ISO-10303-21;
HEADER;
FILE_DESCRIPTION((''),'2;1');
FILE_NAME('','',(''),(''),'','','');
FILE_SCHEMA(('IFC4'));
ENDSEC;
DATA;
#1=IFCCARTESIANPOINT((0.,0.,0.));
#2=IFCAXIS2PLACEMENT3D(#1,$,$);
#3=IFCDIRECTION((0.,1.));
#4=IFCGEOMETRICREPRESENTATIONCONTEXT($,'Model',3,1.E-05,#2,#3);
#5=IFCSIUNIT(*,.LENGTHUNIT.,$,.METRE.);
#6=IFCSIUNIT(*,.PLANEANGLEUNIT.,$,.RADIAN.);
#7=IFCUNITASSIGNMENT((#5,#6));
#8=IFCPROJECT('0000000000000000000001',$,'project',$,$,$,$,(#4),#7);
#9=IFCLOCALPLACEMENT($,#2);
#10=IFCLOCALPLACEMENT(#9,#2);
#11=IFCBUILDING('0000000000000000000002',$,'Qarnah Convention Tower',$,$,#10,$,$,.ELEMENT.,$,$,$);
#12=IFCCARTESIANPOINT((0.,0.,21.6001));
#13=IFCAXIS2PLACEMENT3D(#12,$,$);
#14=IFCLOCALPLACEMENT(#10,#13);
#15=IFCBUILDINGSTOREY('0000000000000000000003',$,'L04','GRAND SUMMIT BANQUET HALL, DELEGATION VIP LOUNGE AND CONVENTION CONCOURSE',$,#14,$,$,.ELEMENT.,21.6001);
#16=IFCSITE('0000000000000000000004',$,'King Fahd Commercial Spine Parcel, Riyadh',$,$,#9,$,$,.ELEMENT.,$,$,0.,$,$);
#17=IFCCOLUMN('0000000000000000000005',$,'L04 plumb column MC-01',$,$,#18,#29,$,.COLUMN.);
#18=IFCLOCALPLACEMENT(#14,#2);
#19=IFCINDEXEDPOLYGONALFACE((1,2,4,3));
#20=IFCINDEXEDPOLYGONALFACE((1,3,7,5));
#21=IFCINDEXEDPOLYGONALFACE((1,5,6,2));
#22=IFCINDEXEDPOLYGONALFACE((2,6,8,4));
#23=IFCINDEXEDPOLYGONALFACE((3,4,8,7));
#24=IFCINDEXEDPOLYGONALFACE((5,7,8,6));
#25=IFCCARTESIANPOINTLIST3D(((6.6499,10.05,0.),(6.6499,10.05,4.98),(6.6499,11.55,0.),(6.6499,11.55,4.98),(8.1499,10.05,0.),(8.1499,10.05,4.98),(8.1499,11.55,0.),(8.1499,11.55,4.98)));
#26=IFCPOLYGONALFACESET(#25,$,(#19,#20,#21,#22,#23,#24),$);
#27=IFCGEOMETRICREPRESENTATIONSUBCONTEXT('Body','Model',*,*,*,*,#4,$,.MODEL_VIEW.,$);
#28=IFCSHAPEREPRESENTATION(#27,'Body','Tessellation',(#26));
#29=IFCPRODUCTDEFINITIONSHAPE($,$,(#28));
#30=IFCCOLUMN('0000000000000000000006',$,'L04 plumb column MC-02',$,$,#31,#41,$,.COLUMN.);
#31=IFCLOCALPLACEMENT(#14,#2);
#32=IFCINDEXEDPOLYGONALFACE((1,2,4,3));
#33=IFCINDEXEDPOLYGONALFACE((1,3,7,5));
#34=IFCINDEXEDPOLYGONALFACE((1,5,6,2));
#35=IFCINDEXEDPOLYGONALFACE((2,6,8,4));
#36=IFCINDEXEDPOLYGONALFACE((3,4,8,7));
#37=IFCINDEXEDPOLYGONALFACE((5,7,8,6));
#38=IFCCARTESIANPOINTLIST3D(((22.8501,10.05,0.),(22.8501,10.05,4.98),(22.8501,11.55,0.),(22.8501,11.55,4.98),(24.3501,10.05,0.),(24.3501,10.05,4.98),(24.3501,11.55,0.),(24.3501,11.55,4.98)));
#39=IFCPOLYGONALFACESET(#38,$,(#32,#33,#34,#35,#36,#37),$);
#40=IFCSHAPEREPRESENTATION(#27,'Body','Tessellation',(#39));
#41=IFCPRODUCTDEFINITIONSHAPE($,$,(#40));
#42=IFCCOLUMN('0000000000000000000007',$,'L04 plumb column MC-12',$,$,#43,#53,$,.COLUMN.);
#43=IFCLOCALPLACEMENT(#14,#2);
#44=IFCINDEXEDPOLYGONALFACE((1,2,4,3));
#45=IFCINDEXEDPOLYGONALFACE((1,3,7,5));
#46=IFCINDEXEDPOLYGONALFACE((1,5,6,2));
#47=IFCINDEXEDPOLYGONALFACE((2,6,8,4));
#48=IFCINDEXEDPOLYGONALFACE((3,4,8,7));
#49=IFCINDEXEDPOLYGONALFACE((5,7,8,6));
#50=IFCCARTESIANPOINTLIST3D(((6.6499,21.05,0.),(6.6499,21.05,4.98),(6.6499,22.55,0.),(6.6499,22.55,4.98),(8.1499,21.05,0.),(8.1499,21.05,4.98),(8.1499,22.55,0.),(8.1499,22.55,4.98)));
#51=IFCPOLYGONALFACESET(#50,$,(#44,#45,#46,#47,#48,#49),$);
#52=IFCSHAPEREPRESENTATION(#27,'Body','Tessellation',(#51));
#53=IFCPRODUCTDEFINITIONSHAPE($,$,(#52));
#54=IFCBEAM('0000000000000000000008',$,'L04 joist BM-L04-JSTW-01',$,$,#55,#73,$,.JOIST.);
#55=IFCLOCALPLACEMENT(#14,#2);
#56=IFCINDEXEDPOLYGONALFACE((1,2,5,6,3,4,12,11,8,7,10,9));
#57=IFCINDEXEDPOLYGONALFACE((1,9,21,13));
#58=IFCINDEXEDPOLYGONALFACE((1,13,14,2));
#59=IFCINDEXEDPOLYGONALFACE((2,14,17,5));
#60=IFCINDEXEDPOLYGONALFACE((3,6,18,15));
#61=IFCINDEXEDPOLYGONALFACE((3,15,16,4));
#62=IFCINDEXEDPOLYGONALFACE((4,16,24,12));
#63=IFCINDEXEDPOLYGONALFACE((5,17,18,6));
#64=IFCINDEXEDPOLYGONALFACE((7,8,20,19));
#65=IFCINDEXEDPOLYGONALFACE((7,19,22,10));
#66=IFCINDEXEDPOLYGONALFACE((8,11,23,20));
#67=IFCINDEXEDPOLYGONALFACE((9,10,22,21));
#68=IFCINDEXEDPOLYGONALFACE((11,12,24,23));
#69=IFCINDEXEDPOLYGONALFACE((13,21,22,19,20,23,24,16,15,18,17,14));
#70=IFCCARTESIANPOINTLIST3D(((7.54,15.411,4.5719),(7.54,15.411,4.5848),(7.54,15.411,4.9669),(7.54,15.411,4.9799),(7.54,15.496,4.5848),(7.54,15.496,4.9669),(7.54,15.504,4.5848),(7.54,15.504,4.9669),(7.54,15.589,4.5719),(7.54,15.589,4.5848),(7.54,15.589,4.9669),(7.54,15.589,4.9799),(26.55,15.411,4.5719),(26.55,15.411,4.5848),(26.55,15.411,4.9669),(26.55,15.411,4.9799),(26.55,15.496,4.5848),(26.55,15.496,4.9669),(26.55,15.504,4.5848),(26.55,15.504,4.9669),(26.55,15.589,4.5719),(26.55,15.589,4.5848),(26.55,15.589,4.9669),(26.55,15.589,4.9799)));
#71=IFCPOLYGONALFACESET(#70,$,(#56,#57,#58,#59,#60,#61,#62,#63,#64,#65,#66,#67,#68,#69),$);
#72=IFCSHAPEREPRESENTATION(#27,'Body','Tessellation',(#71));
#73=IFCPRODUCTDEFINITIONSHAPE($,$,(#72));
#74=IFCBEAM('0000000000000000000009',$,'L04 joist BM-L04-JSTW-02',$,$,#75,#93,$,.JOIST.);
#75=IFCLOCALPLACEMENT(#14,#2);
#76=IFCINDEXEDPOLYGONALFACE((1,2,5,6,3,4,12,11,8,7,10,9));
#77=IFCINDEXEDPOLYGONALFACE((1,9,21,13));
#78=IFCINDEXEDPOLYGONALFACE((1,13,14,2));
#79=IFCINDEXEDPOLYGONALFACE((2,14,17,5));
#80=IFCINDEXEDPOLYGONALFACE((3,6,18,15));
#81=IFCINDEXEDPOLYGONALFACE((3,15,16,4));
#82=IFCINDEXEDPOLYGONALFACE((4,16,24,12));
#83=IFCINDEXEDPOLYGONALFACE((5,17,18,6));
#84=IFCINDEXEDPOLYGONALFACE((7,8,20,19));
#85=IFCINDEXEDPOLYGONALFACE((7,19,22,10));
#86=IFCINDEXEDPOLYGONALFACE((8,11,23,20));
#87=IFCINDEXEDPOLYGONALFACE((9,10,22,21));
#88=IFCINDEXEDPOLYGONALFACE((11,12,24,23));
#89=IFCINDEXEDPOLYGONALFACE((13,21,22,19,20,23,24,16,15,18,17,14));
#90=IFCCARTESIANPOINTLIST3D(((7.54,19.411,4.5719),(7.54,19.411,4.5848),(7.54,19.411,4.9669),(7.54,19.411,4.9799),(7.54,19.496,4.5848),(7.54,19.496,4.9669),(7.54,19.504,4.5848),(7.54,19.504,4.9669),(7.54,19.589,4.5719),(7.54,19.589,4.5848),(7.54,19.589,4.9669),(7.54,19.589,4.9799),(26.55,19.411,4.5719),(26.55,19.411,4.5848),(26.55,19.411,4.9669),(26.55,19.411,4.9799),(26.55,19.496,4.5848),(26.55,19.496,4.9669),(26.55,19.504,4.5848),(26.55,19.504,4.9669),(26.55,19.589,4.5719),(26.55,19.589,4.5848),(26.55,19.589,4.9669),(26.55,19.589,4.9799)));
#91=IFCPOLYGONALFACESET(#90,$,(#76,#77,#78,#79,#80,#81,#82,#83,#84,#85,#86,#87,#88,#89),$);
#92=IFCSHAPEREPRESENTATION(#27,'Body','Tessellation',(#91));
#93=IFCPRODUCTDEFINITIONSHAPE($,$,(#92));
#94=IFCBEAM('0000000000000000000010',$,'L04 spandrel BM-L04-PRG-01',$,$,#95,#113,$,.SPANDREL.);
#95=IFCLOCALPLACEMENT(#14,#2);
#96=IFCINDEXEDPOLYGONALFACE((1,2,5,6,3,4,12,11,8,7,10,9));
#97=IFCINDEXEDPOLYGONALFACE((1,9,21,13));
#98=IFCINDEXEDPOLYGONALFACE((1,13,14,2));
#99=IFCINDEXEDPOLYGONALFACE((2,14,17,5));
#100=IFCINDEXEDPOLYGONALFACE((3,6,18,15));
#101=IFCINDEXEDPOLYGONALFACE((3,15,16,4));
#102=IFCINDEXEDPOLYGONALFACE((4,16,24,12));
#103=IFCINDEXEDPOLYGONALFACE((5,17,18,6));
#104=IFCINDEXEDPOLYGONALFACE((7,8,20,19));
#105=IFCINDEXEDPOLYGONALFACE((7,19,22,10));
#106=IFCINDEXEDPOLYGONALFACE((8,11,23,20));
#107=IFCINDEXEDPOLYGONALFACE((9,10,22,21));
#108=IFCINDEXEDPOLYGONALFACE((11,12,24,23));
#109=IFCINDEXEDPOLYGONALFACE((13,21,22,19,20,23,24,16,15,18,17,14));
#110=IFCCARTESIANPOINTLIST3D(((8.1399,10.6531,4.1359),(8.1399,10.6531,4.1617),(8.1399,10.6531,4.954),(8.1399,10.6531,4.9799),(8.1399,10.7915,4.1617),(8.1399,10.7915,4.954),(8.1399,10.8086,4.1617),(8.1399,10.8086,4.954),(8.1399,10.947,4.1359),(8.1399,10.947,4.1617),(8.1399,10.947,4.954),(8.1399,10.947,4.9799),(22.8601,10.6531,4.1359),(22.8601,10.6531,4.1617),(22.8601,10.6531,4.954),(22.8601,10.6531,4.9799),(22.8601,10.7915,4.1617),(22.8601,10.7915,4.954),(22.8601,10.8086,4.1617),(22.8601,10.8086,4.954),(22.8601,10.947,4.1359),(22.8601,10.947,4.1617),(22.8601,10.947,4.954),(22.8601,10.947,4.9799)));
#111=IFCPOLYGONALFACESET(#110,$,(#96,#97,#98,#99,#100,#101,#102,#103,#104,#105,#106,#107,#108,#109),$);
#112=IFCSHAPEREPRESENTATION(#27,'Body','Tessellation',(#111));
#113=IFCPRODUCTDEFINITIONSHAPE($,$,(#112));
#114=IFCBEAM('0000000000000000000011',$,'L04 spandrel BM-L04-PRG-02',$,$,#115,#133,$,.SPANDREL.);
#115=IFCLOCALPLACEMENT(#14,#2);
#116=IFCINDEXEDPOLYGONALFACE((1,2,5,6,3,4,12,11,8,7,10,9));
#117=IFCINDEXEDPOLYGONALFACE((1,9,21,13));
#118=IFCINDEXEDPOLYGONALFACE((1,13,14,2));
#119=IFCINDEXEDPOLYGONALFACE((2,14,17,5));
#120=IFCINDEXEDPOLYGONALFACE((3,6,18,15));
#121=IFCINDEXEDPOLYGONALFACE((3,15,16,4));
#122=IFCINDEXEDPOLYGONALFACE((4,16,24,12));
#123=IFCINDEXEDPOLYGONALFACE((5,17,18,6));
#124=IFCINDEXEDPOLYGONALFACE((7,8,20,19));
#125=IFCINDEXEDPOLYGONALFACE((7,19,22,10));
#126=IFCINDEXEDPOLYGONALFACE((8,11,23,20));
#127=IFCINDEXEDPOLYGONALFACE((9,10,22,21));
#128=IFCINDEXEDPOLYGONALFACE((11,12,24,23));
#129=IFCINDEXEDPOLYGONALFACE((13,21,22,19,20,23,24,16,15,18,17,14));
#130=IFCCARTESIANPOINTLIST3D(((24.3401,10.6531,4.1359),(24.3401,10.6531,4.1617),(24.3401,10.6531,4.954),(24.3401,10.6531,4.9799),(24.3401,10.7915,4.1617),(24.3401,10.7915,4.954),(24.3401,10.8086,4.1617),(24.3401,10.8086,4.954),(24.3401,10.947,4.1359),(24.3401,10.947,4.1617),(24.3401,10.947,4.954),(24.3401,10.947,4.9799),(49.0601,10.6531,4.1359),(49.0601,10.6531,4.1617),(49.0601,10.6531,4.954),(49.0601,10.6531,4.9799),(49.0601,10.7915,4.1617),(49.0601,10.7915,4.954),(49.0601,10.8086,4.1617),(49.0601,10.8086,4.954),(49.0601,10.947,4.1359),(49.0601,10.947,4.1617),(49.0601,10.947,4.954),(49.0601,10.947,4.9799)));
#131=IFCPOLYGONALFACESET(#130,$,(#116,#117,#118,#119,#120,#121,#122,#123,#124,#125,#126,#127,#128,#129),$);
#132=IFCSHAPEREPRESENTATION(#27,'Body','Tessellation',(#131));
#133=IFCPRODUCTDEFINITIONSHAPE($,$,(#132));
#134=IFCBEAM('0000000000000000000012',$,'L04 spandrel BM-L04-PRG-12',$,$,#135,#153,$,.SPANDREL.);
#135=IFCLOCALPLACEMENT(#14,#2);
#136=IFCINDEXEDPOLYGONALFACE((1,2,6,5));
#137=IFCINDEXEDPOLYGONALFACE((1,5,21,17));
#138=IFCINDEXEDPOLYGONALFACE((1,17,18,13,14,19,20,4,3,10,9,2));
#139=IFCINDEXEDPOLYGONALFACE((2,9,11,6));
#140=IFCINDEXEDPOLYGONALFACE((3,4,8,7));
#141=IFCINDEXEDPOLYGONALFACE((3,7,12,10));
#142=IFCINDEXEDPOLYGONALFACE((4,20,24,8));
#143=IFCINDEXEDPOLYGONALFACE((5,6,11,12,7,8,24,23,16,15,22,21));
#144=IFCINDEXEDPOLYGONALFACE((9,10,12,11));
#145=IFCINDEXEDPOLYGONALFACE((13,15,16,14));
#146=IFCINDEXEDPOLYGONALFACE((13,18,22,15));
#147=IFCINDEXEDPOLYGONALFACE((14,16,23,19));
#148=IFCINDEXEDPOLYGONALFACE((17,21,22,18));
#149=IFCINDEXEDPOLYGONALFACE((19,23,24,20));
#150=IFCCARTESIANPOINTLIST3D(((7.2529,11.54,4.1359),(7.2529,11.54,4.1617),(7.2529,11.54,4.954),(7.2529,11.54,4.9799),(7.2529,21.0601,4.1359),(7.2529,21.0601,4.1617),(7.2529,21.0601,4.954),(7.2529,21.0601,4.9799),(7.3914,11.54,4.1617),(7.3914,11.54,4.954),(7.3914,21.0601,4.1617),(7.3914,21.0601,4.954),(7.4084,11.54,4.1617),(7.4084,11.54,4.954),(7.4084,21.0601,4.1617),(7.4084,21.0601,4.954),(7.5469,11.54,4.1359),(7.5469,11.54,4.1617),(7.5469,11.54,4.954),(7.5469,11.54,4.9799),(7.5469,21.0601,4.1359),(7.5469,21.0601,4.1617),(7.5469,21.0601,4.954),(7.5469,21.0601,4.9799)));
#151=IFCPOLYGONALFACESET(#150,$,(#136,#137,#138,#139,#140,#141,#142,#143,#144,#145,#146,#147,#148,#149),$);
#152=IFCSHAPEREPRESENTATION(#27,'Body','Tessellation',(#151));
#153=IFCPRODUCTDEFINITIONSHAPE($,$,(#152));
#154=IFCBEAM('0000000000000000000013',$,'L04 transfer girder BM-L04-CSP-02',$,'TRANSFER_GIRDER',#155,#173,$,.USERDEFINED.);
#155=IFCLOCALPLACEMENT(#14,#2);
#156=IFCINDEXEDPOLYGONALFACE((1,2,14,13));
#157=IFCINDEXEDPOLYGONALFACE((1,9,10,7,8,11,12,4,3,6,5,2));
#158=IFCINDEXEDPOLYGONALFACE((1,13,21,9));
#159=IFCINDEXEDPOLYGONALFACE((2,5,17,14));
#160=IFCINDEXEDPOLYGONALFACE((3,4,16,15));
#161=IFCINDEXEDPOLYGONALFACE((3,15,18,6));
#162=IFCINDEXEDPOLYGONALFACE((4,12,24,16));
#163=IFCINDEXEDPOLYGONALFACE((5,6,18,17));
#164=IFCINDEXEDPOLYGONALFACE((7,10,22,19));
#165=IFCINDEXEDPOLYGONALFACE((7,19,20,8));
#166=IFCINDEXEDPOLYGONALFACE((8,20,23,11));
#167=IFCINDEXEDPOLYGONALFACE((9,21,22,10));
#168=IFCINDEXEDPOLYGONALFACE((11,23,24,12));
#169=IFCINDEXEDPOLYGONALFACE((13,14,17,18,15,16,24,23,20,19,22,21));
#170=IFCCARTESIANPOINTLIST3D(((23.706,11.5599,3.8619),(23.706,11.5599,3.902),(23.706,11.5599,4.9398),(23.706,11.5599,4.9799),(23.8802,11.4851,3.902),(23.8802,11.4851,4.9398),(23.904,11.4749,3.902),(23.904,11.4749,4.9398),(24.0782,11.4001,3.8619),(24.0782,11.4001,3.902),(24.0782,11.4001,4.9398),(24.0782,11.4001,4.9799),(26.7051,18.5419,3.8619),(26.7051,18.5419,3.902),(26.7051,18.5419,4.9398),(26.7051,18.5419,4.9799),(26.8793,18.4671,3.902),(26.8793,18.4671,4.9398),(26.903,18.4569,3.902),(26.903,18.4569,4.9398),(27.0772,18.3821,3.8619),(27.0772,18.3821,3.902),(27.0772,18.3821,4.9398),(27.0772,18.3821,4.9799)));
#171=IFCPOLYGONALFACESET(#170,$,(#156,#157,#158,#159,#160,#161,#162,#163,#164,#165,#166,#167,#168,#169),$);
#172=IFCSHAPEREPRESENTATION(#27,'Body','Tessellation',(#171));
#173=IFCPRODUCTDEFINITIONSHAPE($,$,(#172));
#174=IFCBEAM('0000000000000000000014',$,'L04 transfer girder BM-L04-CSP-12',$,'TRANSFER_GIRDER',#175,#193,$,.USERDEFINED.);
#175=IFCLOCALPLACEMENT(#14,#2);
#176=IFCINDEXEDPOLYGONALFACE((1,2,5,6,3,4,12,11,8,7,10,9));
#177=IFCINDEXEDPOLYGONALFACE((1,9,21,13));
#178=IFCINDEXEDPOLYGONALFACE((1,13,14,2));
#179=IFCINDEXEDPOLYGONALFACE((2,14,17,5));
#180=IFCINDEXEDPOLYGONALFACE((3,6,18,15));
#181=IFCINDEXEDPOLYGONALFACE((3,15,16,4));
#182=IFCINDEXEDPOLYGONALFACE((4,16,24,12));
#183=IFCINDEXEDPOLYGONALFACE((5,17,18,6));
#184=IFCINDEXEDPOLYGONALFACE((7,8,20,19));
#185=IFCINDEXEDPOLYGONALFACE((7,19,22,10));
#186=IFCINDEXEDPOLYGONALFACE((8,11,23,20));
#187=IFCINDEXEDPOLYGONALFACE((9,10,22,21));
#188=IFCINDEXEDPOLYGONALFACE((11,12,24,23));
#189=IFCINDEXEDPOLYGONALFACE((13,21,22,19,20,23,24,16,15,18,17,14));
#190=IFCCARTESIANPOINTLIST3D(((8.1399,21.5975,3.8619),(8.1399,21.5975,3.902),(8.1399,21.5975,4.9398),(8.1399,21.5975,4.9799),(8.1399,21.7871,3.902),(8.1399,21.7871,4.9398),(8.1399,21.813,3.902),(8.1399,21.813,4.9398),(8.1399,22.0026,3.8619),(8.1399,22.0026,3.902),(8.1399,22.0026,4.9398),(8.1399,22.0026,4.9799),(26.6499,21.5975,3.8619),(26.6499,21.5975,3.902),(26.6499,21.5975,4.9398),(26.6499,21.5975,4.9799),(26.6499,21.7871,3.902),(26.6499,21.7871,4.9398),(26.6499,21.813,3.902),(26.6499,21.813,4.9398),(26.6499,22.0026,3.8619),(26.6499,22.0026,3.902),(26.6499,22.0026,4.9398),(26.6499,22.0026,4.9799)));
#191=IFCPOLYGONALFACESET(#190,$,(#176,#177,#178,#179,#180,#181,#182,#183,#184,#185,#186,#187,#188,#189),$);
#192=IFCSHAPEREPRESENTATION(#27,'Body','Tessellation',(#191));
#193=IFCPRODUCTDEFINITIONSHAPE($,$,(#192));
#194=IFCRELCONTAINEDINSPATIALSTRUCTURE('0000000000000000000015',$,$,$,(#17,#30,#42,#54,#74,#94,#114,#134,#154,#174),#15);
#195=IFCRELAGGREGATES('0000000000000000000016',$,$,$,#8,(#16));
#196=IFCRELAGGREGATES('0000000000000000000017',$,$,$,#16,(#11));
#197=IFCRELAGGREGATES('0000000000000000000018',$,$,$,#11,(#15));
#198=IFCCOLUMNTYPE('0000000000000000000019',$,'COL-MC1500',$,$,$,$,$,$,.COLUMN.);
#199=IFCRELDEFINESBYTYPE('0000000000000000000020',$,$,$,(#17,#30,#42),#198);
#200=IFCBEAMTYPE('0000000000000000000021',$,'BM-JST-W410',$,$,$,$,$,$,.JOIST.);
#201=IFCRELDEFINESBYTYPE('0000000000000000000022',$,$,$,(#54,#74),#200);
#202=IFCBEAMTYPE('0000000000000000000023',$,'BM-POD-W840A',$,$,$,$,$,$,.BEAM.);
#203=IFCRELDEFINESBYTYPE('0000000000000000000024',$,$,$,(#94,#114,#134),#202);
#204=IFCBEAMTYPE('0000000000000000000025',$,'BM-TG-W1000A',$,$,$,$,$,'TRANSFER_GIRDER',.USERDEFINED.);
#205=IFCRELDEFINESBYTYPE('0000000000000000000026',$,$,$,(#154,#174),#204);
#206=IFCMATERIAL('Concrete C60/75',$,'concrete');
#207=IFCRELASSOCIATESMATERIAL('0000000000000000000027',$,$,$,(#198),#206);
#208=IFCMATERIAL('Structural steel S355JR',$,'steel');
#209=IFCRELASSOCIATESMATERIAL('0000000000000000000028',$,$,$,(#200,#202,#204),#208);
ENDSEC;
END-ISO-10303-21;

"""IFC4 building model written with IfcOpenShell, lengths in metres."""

from ifc_helpers import new_model, si_unit, direction, frame, origin, origin_2d, place, context, subcontext, project, spatial, rectangle, i_section, extrude, material, material_profile, profile_set, type_object, element, save


model = new_model("IFC4")

# Units and contexts
model_context = context("Model", 3, precision=1e-05, world=origin(), true_north=direction((0.0, 1.0)))
body_context = subcontext(model_context, "Body", "Model", "MODEL_VIEW")
ifc_project = project(units=[si_unit("LENGTHUNIT", "METRE"), si_unit("PLANEANGLEUNIT", "RADIAN")], contexts=[model_context])

# Site, building, storey
site_placement = place(None, origin())
site = spatial("IfcSite", under=ifc_project, at=site_placement, Name="King Fahd Commercial Spine Parcel, Riyadh", CompositionType="ELEMENT", RefElevation=0.0)
building_placement = place(site_placement, origin())
building = spatial("IfcBuilding", under=site, at=building_placement, Name="Qarnah Convention Tower", CompositionType="ELEMENT")
storey_placement = place(building_placement, frame((0.0, 0.0, 21.6001)))
storey = spatial("IfcBuildingStorey", under=building, at=storey_placement, Name="L04", Description="GRAND SUMMIT BANQUET HALL, DELEGATION VIP LOUNGE AND CONVENTION CONCOURSE", CompositionType="ELEMENT", Elevation=21.6001)

# Columns
ifc_material_1 = material(Name="Concrete C60/75", Category="concrete")
ifc_material_profile_1 = material_profile(ifc_material_1, rectangle(XDim=1.5, YDim=1.5, at=origin_2d()), Name="RC-COL-1500X1500")
ifc_profile_set_1 = profile_set([ifc_material_profile_1], Name="Concrete C60/75")
column_type = type_object("IfcColumnType", Name="COL-MC1500", PredefinedType="COLUMN", material=ifc_profile_set_1)
for number, where, z_axis, x_axis, name in (
    (1, (7.3999, 10.8, 0.0), (0.0, 0.0, 1.0), (1.0, 0.0, 0.0), "L04 plumb column MC-01"),
    (2, (23.6001, 10.8, 0.0), (0.0, 0.0, 1.0), (1.0, 0.0, 0.0), "L04 plumb column MC-02"),
    (3, (7.3999, 21.8, 0.0), (0.0, 0.0, 1.0), (1.0, 0.0, 0.0), "L04 plumb column MC-12"),
):
    element("IfcColumn", number, at=place(storey_placement, frame(where, z_axis=z_axis, x_axis=x_axis)), inside=storey, type_object=column_type, Name=name, PredefinedType="COLUMN", context=body_context, shape_type="SweptSolid", body=[
        extrude(rectangle(XDim=1.5, YDim=1.5, at=origin_2d()), origin(), (0.0, 0.0, 1.0), 4.98),
    ])

# Beams
ifc_material_2 = material(Name="Structural steel S355JR", Category="steel")
ifc_material_profile_2 = material_profile(ifc_material_2, i_section(OverallWidth=0.178, OverallDepth=0.408, WebThickness=0.0081, FlangeThickness=0.0129, at=origin_2d()), Name="W410X60")
ifc_profile_set_2 = profile_set([ifc_material_profile_2], Name="Structural steel S355JR")
beam_type_1 = type_object("IfcBeamType", Name="BM-JST-W410", PredefinedType="JOIST", material=ifc_profile_set_2)
for number, where, z_axis, x_axis, name in (
    (4, (7.54, 15.5, 4.7759), (1.0, 0.0, 0.0), (0.0, 1.0, 0.0), "L04 joist BM-L04-JSTW-01"),
    (5, (7.54, 19.5, 4.7759), (1.0, 0.0, 0.0), (0.0, 1.0, 0.0), "L04 joist BM-L04-JSTW-02"),
):
    element("IfcBeam", number, at=place(storey_placement, frame(where, z_axis=z_axis, x_axis=x_axis)), inside=storey, type_object=beam_type_1, Name=name, PredefinedType="JOIST", context=body_context, shape_type="SweptSolid", body=[
        extrude(i_section(OverallWidth=0.178, OverallDepth=0.408, WebThickness=0.0081, FlangeThickness=0.0129, at=origin_2d()), origin(), (0.0, 0.0, 1.0), 19.01),
    ])
ifc_material_profile_3 = material_profile(ifc_material_2, i_section(OverallWidth=0.2939, OverallDepth=0.844, WebThickness=0.0171, FlangeThickness=0.0259, at=origin_2d()), Name="W840X251")
ifc_profile_set_3 = profile_set([ifc_material_profile_3], Name="Structural steel S355JR")
beam_type_2 = type_object("IfcBeamType", Name="BM-POD-W840A", PredefinedType="BEAM", material=ifc_profile_set_3)
beam_1_placement = place(storey_placement, frame((8.1399, 10.8, 4.5579), z_axis=(1.0, 0.0, 0.0), x_axis=(0.0, 1.0, 0.0)))
element("IfcBeam", 6, at=beam_1_placement, inside=storey, type_object=beam_type_2, Name="L04 spandrel BM-L04-PRG-01", PredefinedType="SPANDREL", context=body_context, shape_type="SweptSolid", body=[
    extrude(i_section(OverallWidth=0.2939, OverallDepth=0.844, WebThickness=0.0171, FlangeThickness=0.0259, at=origin_2d()), origin(), (0.0, 0.0, 1.0), 14.7202),
])
beam_2_placement = place(storey_placement, frame((24.3401, 10.8, 4.5579), z_axis=(1.0, 0.0, 0.0), x_axis=(0.0, 1.0, 0.0)))
element("IfcBeam", 7, at=beam_2_placement, inside=storey, type_object=beam_type_2, Name="L04 spandrel BM-L04-PRG-02", PredefinedType="SPANDREL", context=body_context, shape_type="SweptSolid", body=[
    extrude(i_section(OverallWidth=0.2939, OverallDepth=0.844, WebThickness=0.0171, FlangeThickness=0.0259, at=origin_2d()), origin(), (0.0, 0.0, 1.0), 24.72),
])
beam_3_placement = place(storey_placement, frame((7.3999, 21.0601, 4.5579), z_axis=(0.0, -1.0, 0.0), x_axis=(1.0, 0.0, 0.0)))
element("IfcBeam", 8, at=beam_3_placement, inside=storey, type_object=beam_type_2, Name="L04 spandrel BM-L04-PRG-12", PredefinedType="SPANDREL", context=body_context, shape_type="SweptSolid", body=[
    extrude(i_section(OverallWidth=0.2939, OverallDepth=0.844, WebThickness=0.0171, FlangeThickness=0.0259, at=origin_2d()), origin(), (0.0, 0.0, 1.0), 9.52),
])
ifc_material_profile_4 = material_profile(ifc_material_2, i_section(OverallWidth=0.405, OverallDepth=1.1179, WebThickness=0.0259, FlangeThickness=0.04, at=origin_2d()), Name="W1100X499")
ifc_profile_set_4 = profile_set([ifc_material_profile_4], Name="Structural steel S355JR")
beam_type_3 = type_object("IfcBeamType", Name="BM-TG-W1000A", ElementType="TRANSFER_GIRDER", PredefinedType="USERDEFINED", material=ifc_profile_set_4)
beam_4_placement = place(storey_placement, frame((23.8921, 11.48, 4.4209), z_axis=(0.394671, 0.918822, 0.0), x_axis=(-0.918822, 0.394671, 0.0)))
element("IfcBeam", 9, at=beam_4_placement, inside=storey, type_object=beam_type_3, Name="L04 transfer girder BM-L04-CSP-02", ObjectType="TRANSFER_GIRDER", PredefinedType="USERDEFINED", context=body_context, shape_type="SweptSolid", body=[
    extrude(i_section(OverallWidth=0.405, OverallDepth=1.1179, WebThickness=0.0259, FlangeThickness=0.04, at=origin_2d()), origin(), (0.0, 0.0, 1.0), 7.5989),
])
beam_5_placement = place(storey_placement, frame((8.1399, 21.8, 4.4209), z_axis=(1.0, 0.0, 0.0), x_axis=(0.0, 1.0, 0.0)))
element("IfcBeam", 10, at=beam_5_placement, inside=storey, type_object=beam_type_3, Name="L04 transfer girder BM-L04-CSP-12", ObjectType="TRANSFER_GIRDER", PredefinedType="USERDEFINED", context=body_context, shape_type="SweptSolid", body=[
    extrude(i_section(OverallWidth=0.405, OverallDepth=1.1179, WebThickness=0.0259, FlangeThickness=0.04, at=origin_2d()), origin(), (0.0, 0.0, 1.0), 18.51),
])

save(model, "model.ifc")
